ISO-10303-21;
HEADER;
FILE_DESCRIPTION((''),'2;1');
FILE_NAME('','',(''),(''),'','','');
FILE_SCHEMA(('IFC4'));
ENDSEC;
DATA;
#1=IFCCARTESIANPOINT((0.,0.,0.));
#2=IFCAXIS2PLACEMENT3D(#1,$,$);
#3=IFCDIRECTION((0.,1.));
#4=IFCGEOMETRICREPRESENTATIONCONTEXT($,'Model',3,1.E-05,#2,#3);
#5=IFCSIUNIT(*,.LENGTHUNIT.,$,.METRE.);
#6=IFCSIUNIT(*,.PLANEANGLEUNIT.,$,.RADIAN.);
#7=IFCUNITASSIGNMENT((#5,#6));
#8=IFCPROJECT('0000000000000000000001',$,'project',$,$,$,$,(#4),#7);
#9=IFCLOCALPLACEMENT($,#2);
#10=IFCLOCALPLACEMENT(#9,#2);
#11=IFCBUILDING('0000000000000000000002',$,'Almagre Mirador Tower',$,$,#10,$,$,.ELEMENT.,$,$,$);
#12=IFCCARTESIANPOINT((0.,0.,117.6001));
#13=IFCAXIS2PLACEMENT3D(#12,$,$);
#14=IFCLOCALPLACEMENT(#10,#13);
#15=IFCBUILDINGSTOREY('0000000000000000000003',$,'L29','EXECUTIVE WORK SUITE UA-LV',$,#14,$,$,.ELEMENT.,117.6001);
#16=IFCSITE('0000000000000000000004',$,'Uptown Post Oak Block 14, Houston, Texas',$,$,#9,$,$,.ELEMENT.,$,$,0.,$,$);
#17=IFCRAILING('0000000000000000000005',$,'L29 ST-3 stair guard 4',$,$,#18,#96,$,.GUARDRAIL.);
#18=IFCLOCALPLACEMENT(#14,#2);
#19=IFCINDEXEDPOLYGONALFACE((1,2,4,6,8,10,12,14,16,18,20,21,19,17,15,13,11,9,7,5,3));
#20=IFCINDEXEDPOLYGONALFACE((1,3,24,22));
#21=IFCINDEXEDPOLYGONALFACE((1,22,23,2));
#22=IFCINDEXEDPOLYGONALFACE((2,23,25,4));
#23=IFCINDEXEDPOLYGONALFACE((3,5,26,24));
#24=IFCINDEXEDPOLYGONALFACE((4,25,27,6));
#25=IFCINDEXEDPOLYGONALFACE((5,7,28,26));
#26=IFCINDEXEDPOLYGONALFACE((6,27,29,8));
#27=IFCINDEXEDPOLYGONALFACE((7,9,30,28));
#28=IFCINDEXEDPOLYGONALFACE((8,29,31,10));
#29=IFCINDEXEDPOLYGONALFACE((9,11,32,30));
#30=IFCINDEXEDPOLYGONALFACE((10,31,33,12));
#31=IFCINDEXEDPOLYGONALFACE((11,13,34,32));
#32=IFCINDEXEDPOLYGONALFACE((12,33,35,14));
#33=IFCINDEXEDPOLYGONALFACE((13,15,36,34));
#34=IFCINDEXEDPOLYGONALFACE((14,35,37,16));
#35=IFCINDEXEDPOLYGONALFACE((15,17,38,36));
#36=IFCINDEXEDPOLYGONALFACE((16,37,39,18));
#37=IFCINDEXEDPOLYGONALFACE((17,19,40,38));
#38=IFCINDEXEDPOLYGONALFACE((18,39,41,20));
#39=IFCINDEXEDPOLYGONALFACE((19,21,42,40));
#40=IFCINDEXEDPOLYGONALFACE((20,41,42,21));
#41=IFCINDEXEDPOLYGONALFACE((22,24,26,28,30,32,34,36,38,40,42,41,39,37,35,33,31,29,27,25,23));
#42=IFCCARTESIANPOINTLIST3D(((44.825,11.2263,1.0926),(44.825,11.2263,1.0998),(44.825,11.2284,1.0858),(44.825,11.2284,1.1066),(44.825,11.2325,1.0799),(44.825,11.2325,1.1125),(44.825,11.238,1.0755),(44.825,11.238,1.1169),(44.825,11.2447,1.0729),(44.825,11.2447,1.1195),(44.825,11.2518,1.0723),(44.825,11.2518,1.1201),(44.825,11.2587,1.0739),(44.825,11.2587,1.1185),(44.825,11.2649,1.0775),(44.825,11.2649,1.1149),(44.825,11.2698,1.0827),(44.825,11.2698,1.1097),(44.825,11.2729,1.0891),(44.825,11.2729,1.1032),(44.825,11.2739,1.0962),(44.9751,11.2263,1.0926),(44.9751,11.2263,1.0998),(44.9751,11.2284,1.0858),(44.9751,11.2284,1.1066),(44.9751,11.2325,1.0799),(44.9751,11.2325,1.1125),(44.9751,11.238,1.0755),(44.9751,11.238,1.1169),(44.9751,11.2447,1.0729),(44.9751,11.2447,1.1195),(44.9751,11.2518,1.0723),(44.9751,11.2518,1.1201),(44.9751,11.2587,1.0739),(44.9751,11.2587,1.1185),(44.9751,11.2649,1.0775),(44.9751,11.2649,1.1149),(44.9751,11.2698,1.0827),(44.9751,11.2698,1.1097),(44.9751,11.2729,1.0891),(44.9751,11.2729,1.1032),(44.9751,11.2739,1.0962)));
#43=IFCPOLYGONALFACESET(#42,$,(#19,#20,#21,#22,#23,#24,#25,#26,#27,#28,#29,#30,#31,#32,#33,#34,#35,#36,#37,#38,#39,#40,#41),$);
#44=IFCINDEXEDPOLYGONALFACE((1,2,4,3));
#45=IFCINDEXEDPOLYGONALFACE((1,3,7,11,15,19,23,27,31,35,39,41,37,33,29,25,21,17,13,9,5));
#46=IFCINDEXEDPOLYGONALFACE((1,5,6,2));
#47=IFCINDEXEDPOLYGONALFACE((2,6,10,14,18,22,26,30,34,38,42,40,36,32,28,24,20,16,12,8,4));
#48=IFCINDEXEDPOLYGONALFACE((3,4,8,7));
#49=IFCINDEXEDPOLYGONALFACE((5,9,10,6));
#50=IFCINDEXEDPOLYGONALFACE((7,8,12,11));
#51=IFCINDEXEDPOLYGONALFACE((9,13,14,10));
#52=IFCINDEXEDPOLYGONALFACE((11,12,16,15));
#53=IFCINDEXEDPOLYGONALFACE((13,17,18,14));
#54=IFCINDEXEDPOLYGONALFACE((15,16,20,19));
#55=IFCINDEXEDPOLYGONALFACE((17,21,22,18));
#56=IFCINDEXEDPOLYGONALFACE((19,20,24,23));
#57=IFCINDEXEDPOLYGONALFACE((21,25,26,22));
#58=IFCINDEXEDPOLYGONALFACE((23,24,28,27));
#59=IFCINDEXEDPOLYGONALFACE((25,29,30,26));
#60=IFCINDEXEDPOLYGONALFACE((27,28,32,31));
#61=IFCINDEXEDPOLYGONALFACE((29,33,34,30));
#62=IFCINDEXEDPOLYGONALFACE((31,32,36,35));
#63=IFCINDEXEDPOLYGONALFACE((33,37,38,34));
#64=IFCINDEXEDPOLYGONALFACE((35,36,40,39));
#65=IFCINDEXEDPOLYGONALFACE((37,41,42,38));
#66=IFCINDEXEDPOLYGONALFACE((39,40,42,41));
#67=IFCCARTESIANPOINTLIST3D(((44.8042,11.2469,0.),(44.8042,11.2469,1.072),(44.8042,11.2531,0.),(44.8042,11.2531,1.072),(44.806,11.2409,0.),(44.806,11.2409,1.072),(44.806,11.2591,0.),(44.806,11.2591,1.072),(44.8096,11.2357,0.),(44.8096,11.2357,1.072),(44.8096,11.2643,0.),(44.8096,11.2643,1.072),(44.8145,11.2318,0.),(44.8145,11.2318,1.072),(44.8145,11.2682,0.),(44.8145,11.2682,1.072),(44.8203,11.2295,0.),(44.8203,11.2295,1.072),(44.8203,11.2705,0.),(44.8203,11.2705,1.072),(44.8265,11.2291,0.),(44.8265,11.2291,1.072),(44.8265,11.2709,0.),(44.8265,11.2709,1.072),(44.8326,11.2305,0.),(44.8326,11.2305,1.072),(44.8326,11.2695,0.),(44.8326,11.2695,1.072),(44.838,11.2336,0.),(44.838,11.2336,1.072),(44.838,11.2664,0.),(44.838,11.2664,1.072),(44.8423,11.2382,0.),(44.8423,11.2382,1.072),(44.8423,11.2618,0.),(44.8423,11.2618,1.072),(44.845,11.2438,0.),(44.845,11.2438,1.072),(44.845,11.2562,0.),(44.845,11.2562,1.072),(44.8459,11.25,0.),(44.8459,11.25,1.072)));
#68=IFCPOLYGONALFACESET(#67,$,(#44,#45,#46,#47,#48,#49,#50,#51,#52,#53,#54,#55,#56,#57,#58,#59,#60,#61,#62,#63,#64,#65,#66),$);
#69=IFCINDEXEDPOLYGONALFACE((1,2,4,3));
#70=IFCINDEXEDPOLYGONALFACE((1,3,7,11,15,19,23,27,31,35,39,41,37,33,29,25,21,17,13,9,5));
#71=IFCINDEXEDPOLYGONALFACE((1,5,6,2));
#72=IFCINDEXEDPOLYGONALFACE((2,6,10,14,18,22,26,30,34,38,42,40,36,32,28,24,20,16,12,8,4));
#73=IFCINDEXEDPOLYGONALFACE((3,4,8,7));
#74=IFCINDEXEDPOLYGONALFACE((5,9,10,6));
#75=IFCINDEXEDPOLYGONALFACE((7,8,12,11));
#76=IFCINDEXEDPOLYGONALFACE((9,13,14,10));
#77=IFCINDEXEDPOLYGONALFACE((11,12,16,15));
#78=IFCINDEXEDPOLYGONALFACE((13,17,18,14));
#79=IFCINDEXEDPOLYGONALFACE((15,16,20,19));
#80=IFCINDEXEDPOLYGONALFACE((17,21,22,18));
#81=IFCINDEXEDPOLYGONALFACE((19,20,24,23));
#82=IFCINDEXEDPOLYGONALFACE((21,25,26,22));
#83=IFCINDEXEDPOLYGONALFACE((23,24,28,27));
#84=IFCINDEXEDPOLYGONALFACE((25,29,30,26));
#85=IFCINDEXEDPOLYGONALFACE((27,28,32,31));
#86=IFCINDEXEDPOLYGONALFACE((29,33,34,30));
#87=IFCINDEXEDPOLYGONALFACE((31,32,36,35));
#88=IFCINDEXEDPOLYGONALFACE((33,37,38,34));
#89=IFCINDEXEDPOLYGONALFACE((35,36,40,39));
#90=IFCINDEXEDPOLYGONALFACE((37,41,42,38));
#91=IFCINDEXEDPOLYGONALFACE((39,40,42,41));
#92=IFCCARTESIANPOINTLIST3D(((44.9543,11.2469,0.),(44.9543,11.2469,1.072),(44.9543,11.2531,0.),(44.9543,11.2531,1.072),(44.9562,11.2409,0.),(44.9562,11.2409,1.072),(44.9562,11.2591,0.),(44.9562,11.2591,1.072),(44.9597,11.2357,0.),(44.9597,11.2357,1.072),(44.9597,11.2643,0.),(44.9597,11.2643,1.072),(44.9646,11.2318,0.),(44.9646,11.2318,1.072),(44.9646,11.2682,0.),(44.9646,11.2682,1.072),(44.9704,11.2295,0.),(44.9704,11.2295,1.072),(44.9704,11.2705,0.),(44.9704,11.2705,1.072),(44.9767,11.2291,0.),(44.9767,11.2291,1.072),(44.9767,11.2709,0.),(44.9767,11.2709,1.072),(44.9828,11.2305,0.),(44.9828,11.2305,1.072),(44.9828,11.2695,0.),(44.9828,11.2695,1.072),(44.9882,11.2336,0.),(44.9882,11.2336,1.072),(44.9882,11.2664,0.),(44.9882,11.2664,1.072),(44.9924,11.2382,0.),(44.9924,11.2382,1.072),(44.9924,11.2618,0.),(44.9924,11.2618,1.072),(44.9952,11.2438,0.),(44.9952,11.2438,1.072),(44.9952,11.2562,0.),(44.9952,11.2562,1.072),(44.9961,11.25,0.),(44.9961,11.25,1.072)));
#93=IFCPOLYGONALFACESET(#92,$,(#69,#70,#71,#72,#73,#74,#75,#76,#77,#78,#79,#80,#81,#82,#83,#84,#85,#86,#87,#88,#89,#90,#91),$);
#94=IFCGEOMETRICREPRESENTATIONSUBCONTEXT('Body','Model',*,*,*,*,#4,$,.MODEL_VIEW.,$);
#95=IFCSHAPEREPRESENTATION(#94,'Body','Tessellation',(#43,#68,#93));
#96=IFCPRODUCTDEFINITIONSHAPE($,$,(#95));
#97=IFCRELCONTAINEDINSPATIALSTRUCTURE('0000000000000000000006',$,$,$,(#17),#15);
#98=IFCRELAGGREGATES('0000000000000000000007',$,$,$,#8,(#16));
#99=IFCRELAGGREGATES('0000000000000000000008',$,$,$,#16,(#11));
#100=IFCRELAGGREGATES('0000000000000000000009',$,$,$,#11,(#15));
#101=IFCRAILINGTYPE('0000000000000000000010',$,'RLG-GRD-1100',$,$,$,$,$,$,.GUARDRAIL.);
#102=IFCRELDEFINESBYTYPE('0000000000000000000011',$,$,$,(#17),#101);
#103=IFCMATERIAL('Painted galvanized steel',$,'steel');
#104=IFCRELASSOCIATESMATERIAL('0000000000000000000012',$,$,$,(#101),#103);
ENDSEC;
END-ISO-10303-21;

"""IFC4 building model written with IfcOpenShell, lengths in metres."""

from ifc_helpers import new_model, si_unit, direction, frame, origin, origin_2d, place, context, subcontext, project, spatial, circle, extrude, material, type_object, element, save


model = new_model("IFC4")

# Units and contexts
model_context = context("Model", 3, precision=1e-05, world=origin(), true_north=direction((0.0, 1.0)))
body_context = subcontext(model_context, "Body", "Model", "MODEL_VIEW")
ifc_project = project(units=[si_unit("LENGTHUNIT", "METRE"), si_unit("PLANEANGLEUNIT", "RADIAN")], contexts=[model_context])

# Site, building, storey
site_placement = place(None, origin())
site = spatial("IfcSite", under=ifc_project, at=site_placement, Name="Uptown Post Oak Block 14, Houston, Texas", CompositionType="ELEMENT", RefElevation=0.0)
building_placement = place(site_placement, origin())
building = spatial("IfcBuilding", under=site, at=building_placement, Name="Almagre Mirador Tower", CompositionType="ELEMENT")
storey_placement = place(building_placement, frame((0.0, 0.0, 117.6001)))
storey = spatial("IfcBuildingStorey", under=building, at=storey_placement, Name="L29", Description="EXECUTIVE WORK SUITE UA-LV", CompositionType="ELEMENT", Elevation=117.6001)

# Railing
ifc_material_1 = material(Name="Painted galvanized steel", Category="steel")
railing_type_1 = type_object("IfcRailingType", Name="RLG-GRD-1100", PredefinedType="GUARDRAIL", material=ifc_material_1)
railing_1_placement = place(storey_placement, frame((44.825, 11.25, 0.0)))
element("IfcRailing", 1, at=railing_1_placement, inside=storey, type_object=railing_type_1, Name="L29 ST-3 stair guard 4", PredefinedType="GUARDRAIL", context=body_context, shape_type="SweptSolid", body=[
    extrude(circle(Radius=0.0239, at=origin_2d()), frame((0.0, 0.0, 1.0962), z_axis=(1.0, 0.0, 0.0), x_axis=(0.0, 1.0, 0.0)), (0.0, 0.0, 1.0), 0.1501),
    extrude(circle(Radius=0.021, at=origin_2d()), origin(), (0.0, 0.0, 1.0), 1.072),
    extrude(circle(Radius=0.021, at=origin_2d()), frame((0.1501, 0.0, 0.0)), (0.0, 0.0, 1.0), 1.072),
])

save(model, "model.ifc")
